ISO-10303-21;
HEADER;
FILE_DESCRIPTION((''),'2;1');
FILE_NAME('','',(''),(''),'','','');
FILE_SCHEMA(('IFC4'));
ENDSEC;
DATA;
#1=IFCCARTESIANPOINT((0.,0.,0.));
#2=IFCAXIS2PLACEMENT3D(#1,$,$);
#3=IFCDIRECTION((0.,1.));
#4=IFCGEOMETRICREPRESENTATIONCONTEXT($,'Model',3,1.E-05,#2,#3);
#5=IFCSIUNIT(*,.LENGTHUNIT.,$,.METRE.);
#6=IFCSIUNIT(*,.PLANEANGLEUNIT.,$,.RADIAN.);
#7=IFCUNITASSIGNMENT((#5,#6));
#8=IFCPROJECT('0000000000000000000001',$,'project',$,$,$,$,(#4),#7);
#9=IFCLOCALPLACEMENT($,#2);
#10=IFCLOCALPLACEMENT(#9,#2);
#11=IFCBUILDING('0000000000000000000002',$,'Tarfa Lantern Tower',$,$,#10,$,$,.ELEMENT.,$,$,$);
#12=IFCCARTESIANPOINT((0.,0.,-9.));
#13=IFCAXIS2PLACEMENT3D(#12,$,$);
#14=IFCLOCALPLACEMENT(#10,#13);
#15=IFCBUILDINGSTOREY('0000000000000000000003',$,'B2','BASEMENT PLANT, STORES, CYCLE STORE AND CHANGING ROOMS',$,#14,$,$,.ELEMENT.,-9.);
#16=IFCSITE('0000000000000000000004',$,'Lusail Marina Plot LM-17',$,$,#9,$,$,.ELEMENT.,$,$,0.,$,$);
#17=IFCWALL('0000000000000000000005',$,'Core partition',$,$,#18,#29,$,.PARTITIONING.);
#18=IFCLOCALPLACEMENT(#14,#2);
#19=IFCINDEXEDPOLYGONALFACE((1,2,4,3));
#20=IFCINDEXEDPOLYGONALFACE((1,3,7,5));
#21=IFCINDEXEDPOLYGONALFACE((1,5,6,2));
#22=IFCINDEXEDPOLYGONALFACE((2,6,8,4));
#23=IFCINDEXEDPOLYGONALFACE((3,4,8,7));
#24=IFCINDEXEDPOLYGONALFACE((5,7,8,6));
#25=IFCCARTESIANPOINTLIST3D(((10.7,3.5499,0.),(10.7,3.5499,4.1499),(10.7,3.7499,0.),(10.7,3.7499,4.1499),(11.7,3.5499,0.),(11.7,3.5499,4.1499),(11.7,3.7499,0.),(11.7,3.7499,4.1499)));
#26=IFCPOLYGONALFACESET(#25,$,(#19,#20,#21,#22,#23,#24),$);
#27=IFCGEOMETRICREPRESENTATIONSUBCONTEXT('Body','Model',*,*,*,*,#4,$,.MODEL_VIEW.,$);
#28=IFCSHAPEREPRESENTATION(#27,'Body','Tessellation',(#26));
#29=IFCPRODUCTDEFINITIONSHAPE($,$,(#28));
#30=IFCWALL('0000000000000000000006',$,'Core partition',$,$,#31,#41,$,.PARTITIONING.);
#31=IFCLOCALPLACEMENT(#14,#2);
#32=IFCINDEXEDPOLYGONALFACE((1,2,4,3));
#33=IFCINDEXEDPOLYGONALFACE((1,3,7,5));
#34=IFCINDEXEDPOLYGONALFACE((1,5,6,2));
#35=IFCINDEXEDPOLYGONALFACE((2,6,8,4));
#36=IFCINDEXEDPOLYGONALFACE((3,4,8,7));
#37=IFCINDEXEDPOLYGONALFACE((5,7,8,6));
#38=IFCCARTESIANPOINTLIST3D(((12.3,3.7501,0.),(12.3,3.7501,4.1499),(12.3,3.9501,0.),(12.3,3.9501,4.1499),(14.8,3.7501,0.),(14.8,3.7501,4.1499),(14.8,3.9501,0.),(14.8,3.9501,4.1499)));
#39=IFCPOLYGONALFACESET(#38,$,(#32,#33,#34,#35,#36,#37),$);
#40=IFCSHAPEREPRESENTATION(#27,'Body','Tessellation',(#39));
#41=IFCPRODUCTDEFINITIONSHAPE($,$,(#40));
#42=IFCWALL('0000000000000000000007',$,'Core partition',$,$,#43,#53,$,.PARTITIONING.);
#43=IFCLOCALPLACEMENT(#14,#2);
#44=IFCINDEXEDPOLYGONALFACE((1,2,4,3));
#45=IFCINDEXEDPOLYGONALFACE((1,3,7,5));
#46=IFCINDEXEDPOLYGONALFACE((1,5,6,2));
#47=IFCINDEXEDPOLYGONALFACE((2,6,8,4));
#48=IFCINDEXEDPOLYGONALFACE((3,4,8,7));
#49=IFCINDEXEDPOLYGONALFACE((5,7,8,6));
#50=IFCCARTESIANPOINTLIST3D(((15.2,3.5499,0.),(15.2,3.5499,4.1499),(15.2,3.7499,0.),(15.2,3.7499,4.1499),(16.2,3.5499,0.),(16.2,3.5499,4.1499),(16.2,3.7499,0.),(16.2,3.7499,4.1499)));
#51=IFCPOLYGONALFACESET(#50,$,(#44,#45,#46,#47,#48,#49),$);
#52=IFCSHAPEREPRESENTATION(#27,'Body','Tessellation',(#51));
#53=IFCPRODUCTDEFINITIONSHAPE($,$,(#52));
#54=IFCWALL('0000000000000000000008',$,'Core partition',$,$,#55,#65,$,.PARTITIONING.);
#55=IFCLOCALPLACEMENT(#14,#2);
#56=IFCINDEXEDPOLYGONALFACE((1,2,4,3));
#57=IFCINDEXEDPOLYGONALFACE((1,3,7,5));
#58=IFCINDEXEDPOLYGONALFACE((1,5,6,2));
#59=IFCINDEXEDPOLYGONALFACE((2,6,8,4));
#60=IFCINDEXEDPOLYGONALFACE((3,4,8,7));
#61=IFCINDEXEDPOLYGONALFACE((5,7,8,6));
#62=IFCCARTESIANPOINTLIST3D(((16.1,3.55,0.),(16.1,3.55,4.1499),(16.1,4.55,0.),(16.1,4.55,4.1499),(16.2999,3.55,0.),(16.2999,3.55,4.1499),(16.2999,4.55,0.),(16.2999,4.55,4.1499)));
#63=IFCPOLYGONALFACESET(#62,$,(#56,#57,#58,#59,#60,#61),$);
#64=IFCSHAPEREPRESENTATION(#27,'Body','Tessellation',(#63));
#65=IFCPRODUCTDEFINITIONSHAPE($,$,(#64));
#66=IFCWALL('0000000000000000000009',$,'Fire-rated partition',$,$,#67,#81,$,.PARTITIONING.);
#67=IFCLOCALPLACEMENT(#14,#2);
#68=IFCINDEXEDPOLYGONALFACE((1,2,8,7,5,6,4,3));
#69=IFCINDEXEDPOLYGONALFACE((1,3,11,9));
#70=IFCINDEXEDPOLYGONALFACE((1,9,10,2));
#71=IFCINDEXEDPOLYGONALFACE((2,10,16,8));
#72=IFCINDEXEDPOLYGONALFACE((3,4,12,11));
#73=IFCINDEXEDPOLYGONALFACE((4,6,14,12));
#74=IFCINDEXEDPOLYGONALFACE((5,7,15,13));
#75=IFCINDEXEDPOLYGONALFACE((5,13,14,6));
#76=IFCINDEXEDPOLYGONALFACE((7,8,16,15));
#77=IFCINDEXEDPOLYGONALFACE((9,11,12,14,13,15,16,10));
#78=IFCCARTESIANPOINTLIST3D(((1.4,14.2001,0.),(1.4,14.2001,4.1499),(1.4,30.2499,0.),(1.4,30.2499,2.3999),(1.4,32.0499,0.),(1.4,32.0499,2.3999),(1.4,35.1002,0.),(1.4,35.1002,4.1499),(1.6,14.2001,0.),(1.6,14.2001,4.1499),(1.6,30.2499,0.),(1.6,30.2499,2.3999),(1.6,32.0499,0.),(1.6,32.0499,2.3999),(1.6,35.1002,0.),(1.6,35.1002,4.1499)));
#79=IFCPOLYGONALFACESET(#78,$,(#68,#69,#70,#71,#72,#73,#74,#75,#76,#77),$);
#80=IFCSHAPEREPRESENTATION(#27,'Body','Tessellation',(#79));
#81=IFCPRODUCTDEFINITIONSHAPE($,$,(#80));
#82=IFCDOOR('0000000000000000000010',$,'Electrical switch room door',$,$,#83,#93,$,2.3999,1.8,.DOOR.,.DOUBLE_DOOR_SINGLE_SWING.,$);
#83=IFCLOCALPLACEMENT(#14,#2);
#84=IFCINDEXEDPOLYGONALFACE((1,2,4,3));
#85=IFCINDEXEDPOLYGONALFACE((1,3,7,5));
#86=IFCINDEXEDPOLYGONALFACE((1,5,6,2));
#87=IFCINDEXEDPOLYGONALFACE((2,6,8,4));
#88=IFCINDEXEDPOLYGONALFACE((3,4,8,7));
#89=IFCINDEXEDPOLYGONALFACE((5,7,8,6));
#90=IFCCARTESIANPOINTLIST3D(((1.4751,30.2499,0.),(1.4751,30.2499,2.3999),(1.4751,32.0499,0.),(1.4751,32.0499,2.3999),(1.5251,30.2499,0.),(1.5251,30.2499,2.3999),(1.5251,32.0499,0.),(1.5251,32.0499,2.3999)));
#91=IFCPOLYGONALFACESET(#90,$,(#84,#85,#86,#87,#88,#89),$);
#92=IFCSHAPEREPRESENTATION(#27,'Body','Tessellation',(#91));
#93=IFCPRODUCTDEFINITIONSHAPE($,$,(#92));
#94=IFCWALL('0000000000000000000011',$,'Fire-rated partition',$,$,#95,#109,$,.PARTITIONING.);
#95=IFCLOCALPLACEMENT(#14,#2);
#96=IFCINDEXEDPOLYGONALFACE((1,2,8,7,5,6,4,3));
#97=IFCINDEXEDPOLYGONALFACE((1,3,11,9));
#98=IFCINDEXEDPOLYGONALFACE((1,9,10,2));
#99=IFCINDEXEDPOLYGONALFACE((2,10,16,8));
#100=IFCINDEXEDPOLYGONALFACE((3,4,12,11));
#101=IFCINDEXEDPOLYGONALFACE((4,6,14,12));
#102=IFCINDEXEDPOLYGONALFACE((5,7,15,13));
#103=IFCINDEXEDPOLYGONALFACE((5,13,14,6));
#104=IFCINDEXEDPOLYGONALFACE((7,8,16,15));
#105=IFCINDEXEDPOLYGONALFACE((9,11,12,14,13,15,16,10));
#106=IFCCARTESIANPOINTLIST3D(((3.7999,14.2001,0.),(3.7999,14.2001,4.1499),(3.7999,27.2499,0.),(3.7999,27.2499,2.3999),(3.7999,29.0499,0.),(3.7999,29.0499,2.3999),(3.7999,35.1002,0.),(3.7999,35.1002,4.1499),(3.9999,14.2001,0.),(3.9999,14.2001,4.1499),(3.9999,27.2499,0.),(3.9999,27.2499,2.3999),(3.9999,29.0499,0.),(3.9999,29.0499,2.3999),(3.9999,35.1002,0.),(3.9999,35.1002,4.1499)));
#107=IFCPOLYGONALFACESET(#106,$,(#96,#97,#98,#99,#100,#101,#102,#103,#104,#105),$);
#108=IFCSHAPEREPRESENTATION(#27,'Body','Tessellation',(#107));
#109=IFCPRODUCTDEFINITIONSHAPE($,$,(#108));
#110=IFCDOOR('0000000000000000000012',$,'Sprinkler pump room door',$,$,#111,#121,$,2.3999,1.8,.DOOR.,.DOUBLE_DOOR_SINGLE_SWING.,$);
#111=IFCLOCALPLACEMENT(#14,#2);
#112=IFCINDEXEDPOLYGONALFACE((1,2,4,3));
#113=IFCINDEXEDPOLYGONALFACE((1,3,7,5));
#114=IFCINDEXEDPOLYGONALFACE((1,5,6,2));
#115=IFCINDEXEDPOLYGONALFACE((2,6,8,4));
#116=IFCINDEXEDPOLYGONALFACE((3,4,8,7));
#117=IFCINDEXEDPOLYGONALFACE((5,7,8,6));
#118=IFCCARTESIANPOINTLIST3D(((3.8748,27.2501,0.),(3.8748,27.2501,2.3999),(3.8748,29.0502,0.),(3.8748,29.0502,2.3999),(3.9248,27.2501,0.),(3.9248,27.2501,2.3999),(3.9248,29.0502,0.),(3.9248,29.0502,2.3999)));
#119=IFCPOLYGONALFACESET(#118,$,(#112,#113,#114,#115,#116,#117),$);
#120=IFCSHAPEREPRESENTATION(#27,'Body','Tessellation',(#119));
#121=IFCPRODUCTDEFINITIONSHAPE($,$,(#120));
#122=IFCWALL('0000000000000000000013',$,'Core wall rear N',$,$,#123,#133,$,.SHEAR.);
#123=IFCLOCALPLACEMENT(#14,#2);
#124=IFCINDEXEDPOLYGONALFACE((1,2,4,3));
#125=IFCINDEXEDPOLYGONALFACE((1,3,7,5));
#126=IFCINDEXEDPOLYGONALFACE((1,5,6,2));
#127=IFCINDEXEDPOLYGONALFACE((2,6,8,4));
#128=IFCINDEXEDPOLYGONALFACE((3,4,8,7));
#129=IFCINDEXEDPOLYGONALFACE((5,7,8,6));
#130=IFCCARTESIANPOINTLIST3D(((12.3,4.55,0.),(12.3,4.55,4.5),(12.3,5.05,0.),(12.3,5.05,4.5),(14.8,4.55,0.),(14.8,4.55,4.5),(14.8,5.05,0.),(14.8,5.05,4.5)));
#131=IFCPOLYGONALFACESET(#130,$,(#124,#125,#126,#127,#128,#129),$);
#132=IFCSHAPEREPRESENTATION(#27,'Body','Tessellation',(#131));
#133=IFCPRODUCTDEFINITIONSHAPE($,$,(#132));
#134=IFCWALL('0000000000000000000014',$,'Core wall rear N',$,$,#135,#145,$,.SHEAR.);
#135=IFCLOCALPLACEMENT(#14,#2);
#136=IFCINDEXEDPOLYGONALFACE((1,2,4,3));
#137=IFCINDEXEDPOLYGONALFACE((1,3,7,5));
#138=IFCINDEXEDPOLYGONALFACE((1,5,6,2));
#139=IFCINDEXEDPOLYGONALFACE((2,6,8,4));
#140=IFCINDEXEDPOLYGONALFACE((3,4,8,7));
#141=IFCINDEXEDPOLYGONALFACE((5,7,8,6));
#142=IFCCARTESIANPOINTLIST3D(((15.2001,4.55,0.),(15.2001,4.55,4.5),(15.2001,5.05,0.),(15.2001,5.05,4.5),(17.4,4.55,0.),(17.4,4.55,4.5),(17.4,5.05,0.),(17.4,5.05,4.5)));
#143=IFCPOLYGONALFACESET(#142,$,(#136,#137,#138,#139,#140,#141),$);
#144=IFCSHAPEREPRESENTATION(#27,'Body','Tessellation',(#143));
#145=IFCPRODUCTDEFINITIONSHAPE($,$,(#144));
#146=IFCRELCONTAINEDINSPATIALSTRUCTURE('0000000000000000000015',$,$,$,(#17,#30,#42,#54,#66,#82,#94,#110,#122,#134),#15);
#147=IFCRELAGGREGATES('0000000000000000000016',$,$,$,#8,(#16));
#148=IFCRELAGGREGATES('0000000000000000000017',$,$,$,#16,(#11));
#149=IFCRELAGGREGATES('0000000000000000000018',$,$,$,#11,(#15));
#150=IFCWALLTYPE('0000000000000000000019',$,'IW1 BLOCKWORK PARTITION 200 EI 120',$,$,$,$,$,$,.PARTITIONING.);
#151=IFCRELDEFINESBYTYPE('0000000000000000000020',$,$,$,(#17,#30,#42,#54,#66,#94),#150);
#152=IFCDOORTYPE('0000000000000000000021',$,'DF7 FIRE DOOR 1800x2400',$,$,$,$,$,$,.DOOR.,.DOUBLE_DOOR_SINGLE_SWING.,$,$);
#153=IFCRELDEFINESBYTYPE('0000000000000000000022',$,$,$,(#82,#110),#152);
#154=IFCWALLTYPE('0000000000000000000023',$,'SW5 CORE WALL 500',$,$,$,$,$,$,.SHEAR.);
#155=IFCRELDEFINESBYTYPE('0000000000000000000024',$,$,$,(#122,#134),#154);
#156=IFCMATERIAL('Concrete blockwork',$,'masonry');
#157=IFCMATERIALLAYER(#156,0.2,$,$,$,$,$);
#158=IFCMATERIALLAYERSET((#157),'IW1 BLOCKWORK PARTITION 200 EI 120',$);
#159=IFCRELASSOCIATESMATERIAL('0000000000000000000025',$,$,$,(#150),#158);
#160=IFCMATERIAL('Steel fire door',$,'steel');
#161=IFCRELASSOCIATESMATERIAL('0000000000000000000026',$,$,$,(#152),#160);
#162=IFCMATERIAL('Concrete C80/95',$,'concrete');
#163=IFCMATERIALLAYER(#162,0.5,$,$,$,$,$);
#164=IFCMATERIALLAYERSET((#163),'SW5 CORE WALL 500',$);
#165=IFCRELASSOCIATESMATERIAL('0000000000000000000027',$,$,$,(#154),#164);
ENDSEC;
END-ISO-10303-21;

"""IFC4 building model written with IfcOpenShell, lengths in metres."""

from ifc_helpers import new_model, si_unit, direction, frame, frame_2d, origin, place, context, subcontext, project, spatial, rectangle, extrude, material, layer, layer_set, type_object, element, fill, save


model = new_model("IFC4")

# Units and contexts
model_context = context("Model", 3, precision=1e-05, world=origin(), true_north=direction((0.0, 1.0)))
body_context = subcontext(model_context, "Body", "Model", "MODEL_VIEW")
ifc_project = project(units=[si_unit("LENGTHUNIT", "METRE"), si_unit("PLANEANGLEUNIT", "RADIAN")], contexts=[model_context])

# Site, building, storey
site_placement = place(None, origin())
site = spatial("IfcSite", under=ifc_project, at=site_placement, Name="Lusail Marina Plot LM-17", CompositionType="ELEMENT", RefElevation=0.0)
building_placement = place(site_placement, origin())
building = spatial("IfcBuilding", under=site, at=building_placement, Name="Tarfa Lantern Tower", CompositionType="ELEMENT")
storey_placement = place(building_placement, frame((0.0, 0.0, -9.0)))
storey = spatial("IfcBuildingStorey", under=building, at=storey_placement, Name="B2", Description="BASEMENT PLANT, STORES, CYCLE STORE AND CHANGING ROOMS", CompositionType="ELEMENT", Elevation=-9.0)

# Walls
ifc_material_1 = material(Name="Concrete blockwork", Category="masonry")
ifc_layer_1 = layer(ifc_material_1, 0.2)
ifc_layer_set_1 = layer_set([ifc_layer_1], Name="IW1 BLOCKWORK PARTITION 200 EI 120")
wall_type_1 = type_object("IfcWallType", Name="IW1 BLOCKWORK PARTITION 200 EI 120", PredefinedType="PARTITIONING", material=ifc_layer_set_1)
wall_1_placement = place(storey_placement, frame((10.7, 3.6499, 0.0), z_axis=(0.0, 0.0, 1.0), x_axis=(1.0, 0.0, 0.0)))
element("IfcWall", 1, at=wall_1_placement, inside=storey, type_object=wall_type_1, Name="Core partition", PredefinedType="PARTITIONING", context=body_context, shape_type="SweptSolid", body=[
    extrude(rectangle(XDim=1.0, YDim=0.2, at=frame_2d((0.5, 0.0))), origin(), (0.0, 0.0, 1.0), 4.1499),
])
wall_2_placement = place(storey_placement, frame((12.3, 3.8501, 0.0), z_axis=(0.0, 0.0, 1.0), x_axis=(1.0, 0.0, 0.0)))
element("IfcWall", 2, at=wall_2_placement, inside=storey, type_object=wall_type_1, Name="Core partition", PredefinedType="PARTITIONING", context=body_context, shape_type="SweptSolid", body=[
    extrude(rectangle(XDim=2.5, YDim=0.2, at=frame_2d((1.25, 0.0))), origin(), (0.0, 0.0, 1.0), 4.1499),
])
for number, where, z_axis, x_axis, name in (
    (3, (15.2, 3.6499, 0.0), (0.0, 0.0, 1.0), (1.0, 0.0, 0.0), "Core partition"),
    (4, (16.2, 3.55, 0.0), (0.0, 0.0, 1.0), (0.0, 1.0, 0.0), "Core partition"),
):
    element("IfcWall", number, at=place(storey_placement, frame(where, z_axis=z_axis, x_axis=x_axis)), inside=storey, type_object=wall_type_1, Name=name, PredefinedType="PARTITIONING", context=body_context, shape_type="SweptSolid", body=[
        extrude(rectangle(XDim=1.0, YDim=0.2, at=frame_2d((0.5, 0.0))), origin(), (0.0, 0.0, 1.0), 4.1499),
    ])

# Walls, openings, doors
wall_3_placement = place(storey_placement, frame((1.5, 14.2, 0.0), z_axis=(0.0, 0.0, 1.0), x_axis=(0.0, 1.0, 0.0)))
wall_3 = element("IfcWall", 5, at=wall_3_placement, inside=storey, type_object=wall_type_1, Name="Fire-rated partition", PredefinedType="PARTITIONING", context=body_context, shape_type="SweptSolid", body=[
    extrude(rectangle(XDim=20.9001, YDim=0.2, at=frame_2d((10.4502, 0.0))), origin(), (0.0, 0.0, 1.0), 4.1499),
])
opening_1_placement = place(wall_3_placement, frame((16.05, 0.0, 0.0)))
opening_1 = element("IfcOpeningElement", 6, at=opening_1_placement, cuts=wall_3, PredefinedType="OPENING", context=body_context, shape_type="SweptSolid", body=[
    extrude(rectangle(XDim=1.8, YDim=2.3999, at=frame_2d((0.8999, 1.2))), frame((0.0, 0.1099, 0.0), z_axis=(0.0, -1.0, 0.0), x_axis=(1.0, 0.0, 0.0)), (0.0, 0.0, 1.0), 0.22),
])
ifc_material_2 = material(Name="Steel fire door", Category="steel")
door_type = type_object("IfcDoorType", Name="DF7 FIRE DOOR 1800x2400", OperationType="DOUBLE_DOOR_SINGLE_SWING", PredefinedType="DOOR", material=ifc_material_2)
door_1_placement = place(opening_1_placement, origin())
door_1 = element("IfcDoor", 7, at=door_1_placement, inside=storey, type_object=door_type, Name="Electrical switch room door", OperationType="DOUBLE_DOOR_SINGLE_SWING", OverallHeight=2.3999, OverallWidth=1.8, PredefinedType="DOOR", context=body_context, shape_type="SweptSolid", body=[
    extrude(rectangle(XDim=1.8, YDim=2.3999, at=frame_2d((0.8999, 1.2))), frame((0.0, 0.0249, 0.0), z_axis=(0.0, -1.0, 0.0), x_axis=(1.0, 0.0, 0.0)), (0.0, 0.0, 1.0), 0.05),
])
fill(opening_1, door_1)
wall_4_placement = place(storey_placement, frame((3.8999, 14.2, 0.0), z_axis=(0.0, 0.0, 1.0), x_axis=(0.0, 1.0, 0.0)))
wall_4 = element("IfcWall", 8, at=wall_4_placement, inside=storey, type_object=wall_type_1, Name="Fire-rated partition", PredefinedType="PARTITIONING", context=body_context, shape_type="SweptSolid", body=[
    extrude(rectangle(XDim=20.9001, YDim=0.2, at=frame_2d((10.4502, 0.0))), origin(), (0.0, 0.0, 1.0), 4.1499),
])
opening_2_placement = place(wall_4_placement, frame((13.05, 0.0, 0.0)))
opening_2 = element("IfcOpeningElement", 9, at=opening_2_placement, cuts=wall_4, PredefinedType="OPENING", context=body_context, shape_type="SweptSolid", body=[
    extrude(rectangle(XDim=1.8, YDim=2.3999, at=frame_2d((0.8999, 1.2))), frame((0.0, 0.1099, 0.0), z_axis=(0.0, -1.0, 0.0), x_axis=(1.0, 0.0, 0.0)), (0.0, 0.0, 1.0), 0.22),
])
door_2_placement = place(opening_2_placement, frame((1.8, 0.0, 0.0), z_axis=(0.0, 0.0, 1.0), x_axis=(-1.0, 0.0, 0.0)))
door_2 = element("IfcDoor", 10, at=door_2_placement, inside=storey, type_object=door_type, Name="Sprinkler pump room door", OperationType="DOUBLE_DOOR_SINGLE_SWING", OverallHeight=2.3999, OverallWidth=1.8, PredefinedType="DOOR", context=body_context, shape_type="SweptSolid", body=[
    extrude(rectangle(XDim=1.8, YDim=2.3999, at=frame_2d((0.8999, 1.2))), frame((0.0, 0.0249, 0.0), z_axis=(0.0, -1.0, 0.0), x_axis=(1.0, 0.0, 0.0)), (0.0, 0.0, 1.0), 0.05),
])
fill(opening_2, door_2)

# Walls
ifc_material_3 = material(Name="Concrete C80/95", Category="concrete")
ifc_layer_2 = layer(ifc_material_3, 0.5)
ifc_layer_set_2 = layer_set([ifc_layer_2], Name="SW5 CORE WALL 500")
wall_type_2 = type_object("IfcWallType", Name="SW5 CORE WALL 500", PredefinedType="SHEAR", material=ifc_layer_set_2)
wall_5_placement = place(storey_placement, frame((12.3, 4.8, 0.0), z_axis=(0.0, 0.0, 1.0), x_axis=(1.0, 0.0, 0.0)))
element("IfcWall", 11, at=wall_5_placement, inside=storey, type_object=wall_type_2, Name="Core wall rear N", PredefinedType="SHEAR", context=body_context, shape_type="SweptSolid", body=[
    extrude(rectangle(XDim=2.5, YDim=0.5, at=frame_2d((1.25, 0.0))), origin(), (0.0, 0.0, 1.0), 4.5),
])
wall_6_placement = place(storey_placement, frame((15.2, 4.8, 0.0), z_axis=(0.0, 0.0, 1.0), x_axis=(1.0, 0.0, 0.0)))
element("IfcWall", 12, at=wall_6_placement, inside=storey, type_object=wall_type_2, Name="Core wall rear N", PredefinedType="SHEAR", context=body_context, shape_type="SweptSolid", body=[
    extrude(rectangle(XDim=2.2, YDim=0.5, at=frame_2d((1.1001, 0.0))), origin(), (0.0, 0.0, 1.0), 4.5),
])

save(model, "model.ifc")
